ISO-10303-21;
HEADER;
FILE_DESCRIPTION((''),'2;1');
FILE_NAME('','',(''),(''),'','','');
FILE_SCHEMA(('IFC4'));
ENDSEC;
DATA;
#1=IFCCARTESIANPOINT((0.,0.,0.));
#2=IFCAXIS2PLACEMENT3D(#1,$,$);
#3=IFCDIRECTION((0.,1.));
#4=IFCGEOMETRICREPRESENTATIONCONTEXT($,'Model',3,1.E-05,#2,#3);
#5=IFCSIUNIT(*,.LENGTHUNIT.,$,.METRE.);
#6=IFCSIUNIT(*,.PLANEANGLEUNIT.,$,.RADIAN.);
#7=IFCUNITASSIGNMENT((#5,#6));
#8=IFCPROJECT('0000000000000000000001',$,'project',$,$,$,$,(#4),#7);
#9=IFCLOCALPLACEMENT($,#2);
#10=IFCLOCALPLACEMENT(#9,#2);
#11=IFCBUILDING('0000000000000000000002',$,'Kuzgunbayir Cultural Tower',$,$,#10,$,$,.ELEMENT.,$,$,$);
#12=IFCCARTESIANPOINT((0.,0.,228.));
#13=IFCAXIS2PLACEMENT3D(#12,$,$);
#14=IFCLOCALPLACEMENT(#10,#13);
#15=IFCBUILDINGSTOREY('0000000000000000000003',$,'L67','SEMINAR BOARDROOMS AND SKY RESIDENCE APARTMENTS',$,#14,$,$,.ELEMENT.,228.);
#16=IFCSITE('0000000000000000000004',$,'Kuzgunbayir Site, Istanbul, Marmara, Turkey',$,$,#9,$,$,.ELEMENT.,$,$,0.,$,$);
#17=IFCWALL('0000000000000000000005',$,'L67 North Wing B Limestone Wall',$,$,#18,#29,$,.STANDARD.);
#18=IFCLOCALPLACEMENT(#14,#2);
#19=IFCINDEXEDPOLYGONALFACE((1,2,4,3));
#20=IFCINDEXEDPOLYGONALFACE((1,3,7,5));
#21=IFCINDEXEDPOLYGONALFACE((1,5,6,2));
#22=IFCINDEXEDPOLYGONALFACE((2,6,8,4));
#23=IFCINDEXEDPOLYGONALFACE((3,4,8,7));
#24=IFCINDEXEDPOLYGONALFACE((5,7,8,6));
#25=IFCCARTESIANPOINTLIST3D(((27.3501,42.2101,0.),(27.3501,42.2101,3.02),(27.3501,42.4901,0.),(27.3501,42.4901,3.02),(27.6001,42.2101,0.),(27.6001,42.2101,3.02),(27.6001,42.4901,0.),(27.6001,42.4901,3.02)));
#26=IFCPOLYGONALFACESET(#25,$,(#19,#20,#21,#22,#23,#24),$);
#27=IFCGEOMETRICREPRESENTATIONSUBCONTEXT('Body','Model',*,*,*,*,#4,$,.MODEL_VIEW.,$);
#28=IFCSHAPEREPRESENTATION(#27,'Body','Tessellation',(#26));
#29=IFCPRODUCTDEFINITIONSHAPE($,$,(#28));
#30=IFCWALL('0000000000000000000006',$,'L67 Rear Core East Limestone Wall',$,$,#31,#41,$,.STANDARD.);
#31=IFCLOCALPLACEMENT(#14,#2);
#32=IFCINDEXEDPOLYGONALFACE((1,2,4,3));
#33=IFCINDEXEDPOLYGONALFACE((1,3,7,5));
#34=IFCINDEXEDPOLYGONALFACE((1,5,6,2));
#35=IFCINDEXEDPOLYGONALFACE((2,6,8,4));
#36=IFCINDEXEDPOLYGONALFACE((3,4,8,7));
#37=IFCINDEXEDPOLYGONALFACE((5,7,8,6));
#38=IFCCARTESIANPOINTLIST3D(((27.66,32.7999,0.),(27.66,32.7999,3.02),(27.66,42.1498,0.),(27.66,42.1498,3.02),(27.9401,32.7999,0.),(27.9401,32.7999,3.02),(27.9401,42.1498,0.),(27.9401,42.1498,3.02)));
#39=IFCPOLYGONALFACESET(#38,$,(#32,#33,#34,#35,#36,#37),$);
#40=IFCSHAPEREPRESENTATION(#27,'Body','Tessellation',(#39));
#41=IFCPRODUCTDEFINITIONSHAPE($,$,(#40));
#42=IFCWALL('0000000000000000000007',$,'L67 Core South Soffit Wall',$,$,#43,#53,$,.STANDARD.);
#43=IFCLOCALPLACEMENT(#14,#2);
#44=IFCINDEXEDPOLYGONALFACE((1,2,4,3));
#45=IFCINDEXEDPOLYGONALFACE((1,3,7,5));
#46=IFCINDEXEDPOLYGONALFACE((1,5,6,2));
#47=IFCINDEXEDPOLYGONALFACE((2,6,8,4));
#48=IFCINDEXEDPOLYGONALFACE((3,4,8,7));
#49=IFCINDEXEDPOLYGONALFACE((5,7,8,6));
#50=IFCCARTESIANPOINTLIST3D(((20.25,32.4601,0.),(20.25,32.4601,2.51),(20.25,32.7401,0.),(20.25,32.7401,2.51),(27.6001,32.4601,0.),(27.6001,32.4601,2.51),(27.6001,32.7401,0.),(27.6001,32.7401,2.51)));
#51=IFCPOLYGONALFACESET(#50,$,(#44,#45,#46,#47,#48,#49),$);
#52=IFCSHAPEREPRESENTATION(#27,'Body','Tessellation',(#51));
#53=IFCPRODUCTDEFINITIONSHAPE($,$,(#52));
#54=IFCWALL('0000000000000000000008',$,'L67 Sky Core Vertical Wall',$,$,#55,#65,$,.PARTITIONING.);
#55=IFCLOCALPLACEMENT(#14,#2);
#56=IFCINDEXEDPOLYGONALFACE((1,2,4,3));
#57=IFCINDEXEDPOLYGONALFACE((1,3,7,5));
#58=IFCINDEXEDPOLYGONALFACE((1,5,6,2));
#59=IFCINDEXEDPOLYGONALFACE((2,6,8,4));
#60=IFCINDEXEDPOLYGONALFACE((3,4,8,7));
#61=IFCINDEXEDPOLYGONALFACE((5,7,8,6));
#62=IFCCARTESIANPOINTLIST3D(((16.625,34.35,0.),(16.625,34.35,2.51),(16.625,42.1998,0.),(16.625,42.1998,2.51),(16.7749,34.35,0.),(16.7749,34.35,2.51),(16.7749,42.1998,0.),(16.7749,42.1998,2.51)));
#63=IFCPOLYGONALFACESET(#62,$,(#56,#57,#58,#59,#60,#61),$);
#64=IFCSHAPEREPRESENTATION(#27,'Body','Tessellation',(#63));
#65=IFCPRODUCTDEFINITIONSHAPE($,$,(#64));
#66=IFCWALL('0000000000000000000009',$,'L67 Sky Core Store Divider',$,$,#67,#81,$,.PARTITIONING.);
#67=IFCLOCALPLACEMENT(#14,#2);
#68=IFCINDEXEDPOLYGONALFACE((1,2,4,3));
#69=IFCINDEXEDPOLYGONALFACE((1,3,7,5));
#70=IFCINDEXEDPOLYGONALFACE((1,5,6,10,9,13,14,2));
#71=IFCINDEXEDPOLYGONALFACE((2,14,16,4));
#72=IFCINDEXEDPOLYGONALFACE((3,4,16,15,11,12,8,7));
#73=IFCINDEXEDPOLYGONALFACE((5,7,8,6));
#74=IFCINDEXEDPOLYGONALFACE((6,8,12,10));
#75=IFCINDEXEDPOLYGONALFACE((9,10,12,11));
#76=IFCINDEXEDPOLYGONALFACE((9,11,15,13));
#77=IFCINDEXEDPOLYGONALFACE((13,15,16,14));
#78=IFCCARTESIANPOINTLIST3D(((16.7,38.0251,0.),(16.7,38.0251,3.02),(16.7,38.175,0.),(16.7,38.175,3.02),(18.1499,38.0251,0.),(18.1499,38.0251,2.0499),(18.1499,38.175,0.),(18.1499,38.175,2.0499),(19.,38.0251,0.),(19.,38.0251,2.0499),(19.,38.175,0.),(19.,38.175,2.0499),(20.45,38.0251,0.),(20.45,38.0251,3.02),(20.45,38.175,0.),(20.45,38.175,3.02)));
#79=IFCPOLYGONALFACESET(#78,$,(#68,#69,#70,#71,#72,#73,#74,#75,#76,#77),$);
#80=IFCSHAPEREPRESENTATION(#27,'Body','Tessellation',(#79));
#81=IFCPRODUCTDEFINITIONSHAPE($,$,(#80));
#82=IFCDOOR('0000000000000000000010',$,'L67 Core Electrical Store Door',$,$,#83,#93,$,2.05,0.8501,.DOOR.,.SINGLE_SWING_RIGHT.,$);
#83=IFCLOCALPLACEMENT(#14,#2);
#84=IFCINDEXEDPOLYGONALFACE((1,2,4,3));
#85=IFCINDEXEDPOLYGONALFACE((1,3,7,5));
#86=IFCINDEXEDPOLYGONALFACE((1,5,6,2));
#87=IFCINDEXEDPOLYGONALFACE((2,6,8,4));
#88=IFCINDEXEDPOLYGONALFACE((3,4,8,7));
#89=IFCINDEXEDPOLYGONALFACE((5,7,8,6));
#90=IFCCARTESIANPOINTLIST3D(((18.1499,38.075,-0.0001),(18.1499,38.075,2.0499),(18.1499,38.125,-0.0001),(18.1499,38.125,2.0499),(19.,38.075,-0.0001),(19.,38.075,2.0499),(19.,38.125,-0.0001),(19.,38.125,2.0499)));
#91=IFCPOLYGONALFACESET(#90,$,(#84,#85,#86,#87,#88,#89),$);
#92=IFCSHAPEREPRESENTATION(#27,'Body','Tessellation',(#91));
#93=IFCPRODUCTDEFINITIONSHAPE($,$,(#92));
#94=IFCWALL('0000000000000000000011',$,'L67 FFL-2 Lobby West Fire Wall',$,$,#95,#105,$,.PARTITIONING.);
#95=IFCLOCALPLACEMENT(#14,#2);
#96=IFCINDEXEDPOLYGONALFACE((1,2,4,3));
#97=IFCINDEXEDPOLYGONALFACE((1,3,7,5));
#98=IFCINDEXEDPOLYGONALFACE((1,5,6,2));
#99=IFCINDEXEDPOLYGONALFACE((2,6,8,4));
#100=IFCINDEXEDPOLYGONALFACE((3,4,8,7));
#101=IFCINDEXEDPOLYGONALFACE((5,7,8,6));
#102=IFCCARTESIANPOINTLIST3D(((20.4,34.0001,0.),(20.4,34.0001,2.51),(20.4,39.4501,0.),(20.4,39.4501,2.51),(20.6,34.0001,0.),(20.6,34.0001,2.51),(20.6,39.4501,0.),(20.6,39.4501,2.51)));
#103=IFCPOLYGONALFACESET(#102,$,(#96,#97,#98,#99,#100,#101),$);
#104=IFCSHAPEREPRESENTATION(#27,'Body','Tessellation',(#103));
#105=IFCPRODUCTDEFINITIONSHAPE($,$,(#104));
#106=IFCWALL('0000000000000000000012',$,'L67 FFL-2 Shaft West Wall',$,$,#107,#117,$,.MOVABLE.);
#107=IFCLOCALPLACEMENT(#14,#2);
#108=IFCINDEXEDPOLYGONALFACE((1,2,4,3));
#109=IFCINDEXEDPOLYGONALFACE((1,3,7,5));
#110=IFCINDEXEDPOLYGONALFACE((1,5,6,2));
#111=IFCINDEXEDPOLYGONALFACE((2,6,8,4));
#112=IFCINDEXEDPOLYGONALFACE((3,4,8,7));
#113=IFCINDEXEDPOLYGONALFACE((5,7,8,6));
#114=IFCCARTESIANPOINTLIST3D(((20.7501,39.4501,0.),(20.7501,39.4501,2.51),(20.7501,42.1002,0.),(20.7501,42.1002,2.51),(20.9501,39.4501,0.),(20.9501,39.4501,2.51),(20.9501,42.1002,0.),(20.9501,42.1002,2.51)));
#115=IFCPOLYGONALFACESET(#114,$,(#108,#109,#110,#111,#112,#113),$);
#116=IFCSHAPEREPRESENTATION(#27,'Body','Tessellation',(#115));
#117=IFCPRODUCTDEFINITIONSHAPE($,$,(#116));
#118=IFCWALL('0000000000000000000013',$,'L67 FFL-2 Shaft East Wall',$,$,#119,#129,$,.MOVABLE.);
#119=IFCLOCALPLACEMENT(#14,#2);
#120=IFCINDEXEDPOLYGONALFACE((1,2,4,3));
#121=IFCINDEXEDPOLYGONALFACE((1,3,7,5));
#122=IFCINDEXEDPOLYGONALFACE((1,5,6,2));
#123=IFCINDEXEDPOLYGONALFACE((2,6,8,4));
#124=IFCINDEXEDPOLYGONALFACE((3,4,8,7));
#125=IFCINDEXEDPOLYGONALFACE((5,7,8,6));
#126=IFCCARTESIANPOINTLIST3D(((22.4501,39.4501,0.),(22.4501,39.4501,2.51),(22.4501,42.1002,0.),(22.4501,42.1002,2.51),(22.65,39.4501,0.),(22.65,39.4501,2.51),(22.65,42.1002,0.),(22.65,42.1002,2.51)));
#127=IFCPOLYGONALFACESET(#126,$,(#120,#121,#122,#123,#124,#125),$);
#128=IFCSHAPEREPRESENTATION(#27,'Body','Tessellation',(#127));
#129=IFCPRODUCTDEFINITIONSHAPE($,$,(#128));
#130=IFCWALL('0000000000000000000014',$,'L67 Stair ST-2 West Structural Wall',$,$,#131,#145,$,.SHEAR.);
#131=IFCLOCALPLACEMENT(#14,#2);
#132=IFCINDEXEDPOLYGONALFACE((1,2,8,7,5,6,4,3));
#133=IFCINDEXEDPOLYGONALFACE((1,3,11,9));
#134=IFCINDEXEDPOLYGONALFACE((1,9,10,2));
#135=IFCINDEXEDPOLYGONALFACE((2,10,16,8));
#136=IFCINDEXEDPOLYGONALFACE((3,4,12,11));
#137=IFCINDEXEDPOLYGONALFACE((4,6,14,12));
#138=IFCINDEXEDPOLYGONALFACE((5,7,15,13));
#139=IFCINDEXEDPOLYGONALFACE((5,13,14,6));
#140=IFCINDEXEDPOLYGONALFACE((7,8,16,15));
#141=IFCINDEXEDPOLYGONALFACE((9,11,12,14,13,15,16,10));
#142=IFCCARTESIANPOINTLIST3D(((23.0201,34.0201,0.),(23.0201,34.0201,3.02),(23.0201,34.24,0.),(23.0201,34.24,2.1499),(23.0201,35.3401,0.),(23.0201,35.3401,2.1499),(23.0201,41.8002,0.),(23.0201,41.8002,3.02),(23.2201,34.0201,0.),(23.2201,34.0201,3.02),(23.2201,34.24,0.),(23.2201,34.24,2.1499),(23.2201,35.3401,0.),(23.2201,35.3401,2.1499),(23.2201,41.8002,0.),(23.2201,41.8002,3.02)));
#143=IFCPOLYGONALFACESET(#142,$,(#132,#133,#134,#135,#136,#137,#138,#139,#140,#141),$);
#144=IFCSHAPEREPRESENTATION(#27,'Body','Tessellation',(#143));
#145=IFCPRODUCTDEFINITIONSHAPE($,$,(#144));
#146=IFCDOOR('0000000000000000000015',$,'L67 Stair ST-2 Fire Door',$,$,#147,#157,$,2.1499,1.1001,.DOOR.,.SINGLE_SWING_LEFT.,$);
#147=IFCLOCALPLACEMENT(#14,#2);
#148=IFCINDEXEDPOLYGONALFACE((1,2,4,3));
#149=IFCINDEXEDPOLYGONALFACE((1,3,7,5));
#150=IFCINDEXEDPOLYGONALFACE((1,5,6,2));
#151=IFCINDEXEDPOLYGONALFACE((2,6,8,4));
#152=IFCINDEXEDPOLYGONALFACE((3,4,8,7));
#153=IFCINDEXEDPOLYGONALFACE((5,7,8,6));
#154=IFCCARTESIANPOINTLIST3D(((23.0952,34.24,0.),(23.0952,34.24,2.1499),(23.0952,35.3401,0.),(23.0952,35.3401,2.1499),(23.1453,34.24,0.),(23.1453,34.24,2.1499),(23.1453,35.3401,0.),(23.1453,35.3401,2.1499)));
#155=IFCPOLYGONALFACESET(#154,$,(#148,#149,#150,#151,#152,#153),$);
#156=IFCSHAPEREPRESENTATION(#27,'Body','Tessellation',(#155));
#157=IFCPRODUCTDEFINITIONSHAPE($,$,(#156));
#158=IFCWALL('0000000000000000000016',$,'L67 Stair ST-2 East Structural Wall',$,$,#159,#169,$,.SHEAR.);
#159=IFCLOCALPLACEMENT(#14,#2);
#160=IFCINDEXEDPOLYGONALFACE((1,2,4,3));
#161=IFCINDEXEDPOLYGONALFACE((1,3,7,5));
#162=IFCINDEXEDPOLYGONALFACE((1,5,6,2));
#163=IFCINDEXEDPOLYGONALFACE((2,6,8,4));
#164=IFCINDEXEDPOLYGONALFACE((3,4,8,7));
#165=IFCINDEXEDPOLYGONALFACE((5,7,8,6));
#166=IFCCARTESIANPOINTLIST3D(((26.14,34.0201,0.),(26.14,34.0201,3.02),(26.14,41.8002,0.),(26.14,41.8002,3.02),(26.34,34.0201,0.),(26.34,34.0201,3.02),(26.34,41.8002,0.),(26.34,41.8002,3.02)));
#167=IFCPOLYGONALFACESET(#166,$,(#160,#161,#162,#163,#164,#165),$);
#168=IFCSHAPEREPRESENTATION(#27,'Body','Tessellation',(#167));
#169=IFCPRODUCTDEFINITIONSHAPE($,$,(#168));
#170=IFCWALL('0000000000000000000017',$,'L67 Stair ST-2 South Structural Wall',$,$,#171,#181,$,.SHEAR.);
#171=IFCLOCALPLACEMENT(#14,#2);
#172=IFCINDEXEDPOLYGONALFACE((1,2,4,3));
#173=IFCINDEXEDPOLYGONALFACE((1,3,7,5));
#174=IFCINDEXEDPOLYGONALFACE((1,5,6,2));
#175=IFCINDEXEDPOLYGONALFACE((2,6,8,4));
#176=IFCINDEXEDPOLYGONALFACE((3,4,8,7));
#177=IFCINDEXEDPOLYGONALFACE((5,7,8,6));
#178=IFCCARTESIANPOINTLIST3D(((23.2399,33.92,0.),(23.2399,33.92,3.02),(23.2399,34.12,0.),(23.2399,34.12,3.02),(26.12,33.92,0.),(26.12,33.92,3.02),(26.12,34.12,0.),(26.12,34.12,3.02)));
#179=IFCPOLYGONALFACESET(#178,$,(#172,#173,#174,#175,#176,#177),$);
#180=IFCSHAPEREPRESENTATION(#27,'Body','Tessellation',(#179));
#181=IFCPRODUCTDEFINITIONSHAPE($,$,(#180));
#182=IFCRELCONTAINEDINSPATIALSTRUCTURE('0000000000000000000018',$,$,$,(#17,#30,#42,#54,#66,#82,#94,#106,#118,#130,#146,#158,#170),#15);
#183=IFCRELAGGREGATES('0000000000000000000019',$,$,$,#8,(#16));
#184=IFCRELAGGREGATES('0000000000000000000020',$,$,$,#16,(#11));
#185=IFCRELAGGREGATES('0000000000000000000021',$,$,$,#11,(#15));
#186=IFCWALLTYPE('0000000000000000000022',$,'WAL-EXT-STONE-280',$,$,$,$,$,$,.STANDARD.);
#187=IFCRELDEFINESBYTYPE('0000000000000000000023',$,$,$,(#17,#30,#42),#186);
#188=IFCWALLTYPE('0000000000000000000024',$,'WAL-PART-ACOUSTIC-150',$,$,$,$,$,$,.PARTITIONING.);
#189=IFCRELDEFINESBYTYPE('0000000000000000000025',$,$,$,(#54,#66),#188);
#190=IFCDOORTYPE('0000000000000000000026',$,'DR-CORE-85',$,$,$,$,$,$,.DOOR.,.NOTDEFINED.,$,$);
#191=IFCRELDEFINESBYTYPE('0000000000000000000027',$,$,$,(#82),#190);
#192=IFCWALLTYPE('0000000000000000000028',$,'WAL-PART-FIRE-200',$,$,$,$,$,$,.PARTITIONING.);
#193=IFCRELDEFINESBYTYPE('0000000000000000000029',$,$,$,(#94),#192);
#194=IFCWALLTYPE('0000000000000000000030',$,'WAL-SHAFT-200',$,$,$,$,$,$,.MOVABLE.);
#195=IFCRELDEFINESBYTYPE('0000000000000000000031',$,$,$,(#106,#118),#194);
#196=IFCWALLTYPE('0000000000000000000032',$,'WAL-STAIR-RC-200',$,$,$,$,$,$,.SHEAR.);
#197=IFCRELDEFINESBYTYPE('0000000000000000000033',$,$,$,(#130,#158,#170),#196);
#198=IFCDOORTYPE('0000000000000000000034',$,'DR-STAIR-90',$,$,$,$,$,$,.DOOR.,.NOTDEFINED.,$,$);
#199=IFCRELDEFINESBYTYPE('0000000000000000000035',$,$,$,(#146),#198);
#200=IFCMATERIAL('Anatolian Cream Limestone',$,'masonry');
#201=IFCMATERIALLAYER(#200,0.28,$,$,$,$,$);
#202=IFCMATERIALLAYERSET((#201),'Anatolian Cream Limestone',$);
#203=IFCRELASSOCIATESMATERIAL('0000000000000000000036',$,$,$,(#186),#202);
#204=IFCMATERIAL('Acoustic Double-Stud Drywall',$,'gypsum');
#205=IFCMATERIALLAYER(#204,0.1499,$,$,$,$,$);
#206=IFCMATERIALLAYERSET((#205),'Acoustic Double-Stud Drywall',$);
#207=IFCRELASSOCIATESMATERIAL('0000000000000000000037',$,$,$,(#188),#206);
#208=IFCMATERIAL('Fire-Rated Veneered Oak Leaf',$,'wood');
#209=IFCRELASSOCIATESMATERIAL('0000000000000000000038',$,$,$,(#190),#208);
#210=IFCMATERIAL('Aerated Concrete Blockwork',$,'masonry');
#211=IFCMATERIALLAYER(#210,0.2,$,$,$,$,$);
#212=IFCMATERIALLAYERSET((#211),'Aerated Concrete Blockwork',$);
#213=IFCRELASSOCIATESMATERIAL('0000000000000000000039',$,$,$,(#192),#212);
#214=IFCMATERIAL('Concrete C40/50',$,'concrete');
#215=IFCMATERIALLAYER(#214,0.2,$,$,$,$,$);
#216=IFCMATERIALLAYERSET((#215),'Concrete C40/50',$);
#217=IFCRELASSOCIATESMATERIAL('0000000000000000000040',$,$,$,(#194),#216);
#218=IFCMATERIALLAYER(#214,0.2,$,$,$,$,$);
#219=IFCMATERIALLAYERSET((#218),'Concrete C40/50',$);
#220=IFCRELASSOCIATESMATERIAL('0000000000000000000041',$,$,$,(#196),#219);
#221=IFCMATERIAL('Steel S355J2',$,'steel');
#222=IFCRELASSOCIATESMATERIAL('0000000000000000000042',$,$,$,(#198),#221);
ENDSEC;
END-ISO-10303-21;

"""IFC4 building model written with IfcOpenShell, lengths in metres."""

from ifc_helpers import new_model, si_unit, direction, frame, frame_2d, origin, place, context, subcontext, project, spatial, rectangle, extrude, material, layer, layer_set, type_object, element, fill, save


model = new_model("IFC4")

# Units and contexts
model_context = context("Model", 3, precision=1e-05, world=origin(), true_north=direction((0.0, 1.0)))
body_context = subcontext(model_context, "Body", "Model", "MODEL_VIEW")
ifc_project = project(units=[si_unit("LENGTHUNIT", "METRE"), si_unit("PLANEANGLEUNIT", "RADIAN")], contexts=[model_context])

# Site, building, storey
site_placement = place(None, origin())
site = spatial("IfcSite", under=ifc_project, at=site_placement, Name="Kuzgunbayir Site, Istanbul, Marmara, Turkey", CompositionType="ELEMENT", RefElevation=0.0)
building_placement = place(site_placement, origin())
building = spatial("IfcBuilding", under=site, at=building_placement, Name="Kuzgunbayir Cultural Tower", CompositionType="ELEMENT")
storey_placement = place(building_placement, frame((0.0, 0.0, 228.0)))
storey = spatial("IfcBuildingStorey", under=building, at=storey_placement, Name="L67", Description="SEMINAR BOARDROOMS AND SKY RESIDENCE APARTMENTS", CompositionType="ELEMENT", Elevation=228.0)

# Shared definitions
ifc_material_1 = material(Name="Steel S355J2", Category="steel")

# Walls
ifc_material_2 = material(Name="Anatolian Cream Limestone", Category="masonry")
ifc_layer_1 = layer(ifc_material_2, 0.28)
ifc_layer_set_1 = layer_set([ifc_layer_1], Name="Anatolian Cream Limestone")
wall_type_1 = type_object("IfcWallType", Name="WAL-EXT-STONE-280", PredefinedType="STANDARD", material=ifc_layer_set_1)
wall_1_placement = place(storey_placement, frame((27.6001, 42.3501, 0.0), z_axis=(0.0, 0.0, 1.0), x_axis=(-1.0, 0.0, 0.0)))
element("IfcWall", 1, at=wall_1_placement, inside=storey, type_object=wall_type_1, Name="L67 North Wing B Limestone Wall", PredefinedType="STANDARD", context=body_context, shape_type="SweptSolid", body=[
    extrude(rectangle(XDim=0.25, YDim=0.28, at=frame_2d((0.125, 0.0))), origin(), (0.0, 0.0, 1.0), 3.02),
])
wall_2_placement = place(storey_placement, frame((27.8, 32.8, 0.0), z_axis=(0.0, 0.0, 1.0), x_axis=(0.0, 1.0, 0.0)))
element("IfcWall", 2, at=wall_2_placement, inside=storey, type_object=wall_type_1, Name="L67 Rear Core East Limestone Wall", PredefinedType="STANDARD", context=body_context, shape_type="SweptSolid", body=[
    extrude(rectangle(XDim=9.3499, YDim=0.28, at=frame_2d((4.6748, 0.0))), origin(), (0.0, 0.0, 1.0), 3.02),
])
wall_3_placement = place(storey_placement, frame((20.25, 32.6001, 0.0), z_axis=(0.0, 0.0, 1.0), x_axis=(1.0, 0.0, 0.0)))
element("IfcWall", 3, at=wall_3_placement, inside=storey, type_object=wall_type_1, Name="L67 Core South Soffit Wall", PredefinedType="STANDARD", context=body_context, shape_type="SweptSolid", body=[
    extrude(rectangle(XDim=7.3501, YDim=0.28, at=frame_2d((3.675, 0.0))), origin(), (0.0, 0.0, 1.0), 2.51),
])
ifc_material_3 = material(Name="Acoustic Double-Stud Drywall", Category="gypsum")
ifc_layer_2 = layer(ifc_material_3, 0.1499)
ifc_layer_set_2 = layer_set([ifc_layer_2], Name="Acoustic Double-Stud Drywall")
wall_type_2 = type_object("IfcWallType", Name="WAL-PART-ACOUSTIC-150", PredefinedType="PARTITIONING", material=ifc_layer_set_2)
wall_4_placement = place(storey_placement, frame((16.7, 34.3501, 0.0), z_axis=(0.0, 0.0, 1.0), x_axis=(0.0, 1.0, 0.0)))
element("IfcWall", 4, at=wall_4_placement, inside=storey, type_object=wall_type_2, Name="L67 Sky Core Vertical Wall", PredefinedType="PARTITIONING", context=body_context, shape_type="SweptSolid", body=[
    extrude(rectangle(XDim=7.8499, YDim=0.1499, at=frame_2d((3.9248, 0.0))), origin(), (0.0, 0.0, 1.0), 2.51),
])

# Wall, opening, door
wall_5_placement = place(storey_placement, frame((16.7, 38.1001, 0.0), z_axis=(0.0, 0.0, 1.0), x_axis=(1.0, 0.0, 0.0)))
wall_5 = element("IfcWall", 5, at=wall_5_placement, inside=storey, type_object=wall_type_2, Name="L67 Sky Core Store Divider", PredefinedType="PARTITIONING", context=body_context, shape_type="SweptSolid", body=[
    extrude(rectangle(XDim=3.75, YDim=0.1499, at=frame_2d((1.875, 0.0))), origin(), (0.0, 0.0, 1.0), 3.02),
])
opening_1_placement = place(wall_5_placement, frame((1.45, 0.0, 0.0)))
opening_1 = element("IfcOpeningElement", 6, at=opening_1_placement, cuts=wall_5, PredefinedType="OPENING", context=body_context, shape_type="SweptSolid", body=[
    extrude(rectangle(XDim=0.8501, YDim=2.05, at=frame_2d((0.425, 1.0249))), frame((0.0, 0.085, 0.0), z_axis=(0.0, -1.0, 0.0), x_axis=(1.0, 0.0, 0.0)), (0.0, 0.0, 1.0), 0.1699),
])
ifc_material_4 = material(Name="Fire-Rated Veneered Oak Leaf", Category="wood")
door_type_1 = type_object("IfcDoorType", Name="DR-CORE-85", OperationType="NOTDEFINED", PredefinedType="DOOR", material=ifc_material_4)
door_1_placement = place(opening_1_placement, origin())
door_1 = element("IfcDoor", 7, at=door_1_placement, inside=storey, type_object=door_type_1, Name="L67 Core Electrical Store Door", OperationType="SINGLE_SWING_RIGHT", OverallHeight=2.05, OverallWidth=0.8501, PredefinedType="DOOR", context=body_context, shape_type="SweptSolid", body=[
    extrude(rectangle(XDim=0.8501, YDim=2.05, at=frame_2d((0.425, 1.0249))), frame((0.0, 0.0249, 0.0), z_axis=(0.0, -1.0, 0.0), x_axis=(1.0, 0.0, 0.0)), (0.0, 0.0, 1.0), 0.05),
])
fill(opening_1, door_1)

# Wall
ifc_material_5 = material(Name="Aerated Concrete Blockwork", Category="masonry")
ifc_layer_3 = layer(ifc_material_5, 0.2)
ifc_layer_set_3 = layer_set([ifc_layer_3], Name="Aerated Concrete Blockwork")
wall_type_3 = type_object("IfcWallType", Name="WAL-PART-FIRE-200", PredefinedType="PARTITIONING", material=ifc_layer_set_3)
wall_6_placement = place(storey_placement, frame((20.5, 34.0, 0.0), z_axis=(0.0, 0.0, 1.0), x_axis=(0.0, 1.0, 0.0)))
element("IfcWall", 8, at=wall_6_placement, inside=storey, type_object=wall_type_3, Name="L67 FFL-2 Lobby West Fire Wall", PredefinedType="PARTITIONING", context=body_context, shape_type="SweptSolid", body=[
    extrude(rectangle(XDim=5.45, YDim=0.2, at=frame_2d((2.7251, 0.0))), origin(), (0.0, 0.0, 1.0), 2.51),
])

# Shared definitions
ifc_material_6 = material(Name="Concrete C40/50", Category="concrete")
ifc_layer_4 = layer(ifc_material_6, 0.2)
ifc_layer_set_4 = layer_set([ifc_layer_4], Name="Concrete C40/50")
wall_type_4 = type_object("IfcWallType", Name="WAL-SHAFT-200", PredefinedType="MOVABLE", material=ifc_layer_set_4)

# Walls
for number, where, z_axis, x_axis, name in (
    (9, (20.8501, 39.45, 0.0), (0.0, 0.0, 1.0), (0.0, 1.0, 0.0), "L67 FFL-2 Shaft West Wall"),
    (10, (22.55, 39.45, 0.0), (0.0, 0.0, 1.0), (0.0, 1.0, 0.0), "L67 FFL-2 Shaft East Wall"),
):
    element("IfcWall", number, at=place(storey_placement, frame(where, z_axis=z_axis, x_axis=x_axis)), inside=storey, type_object=wall_type_4, Name=name, PredefinedType="MOVABLE", context=body_context, shape_type="SweptSolid", body=[
        extrude(rectangle(XDim=2.6501, YDim=0.2, at=frame_2d((1.3252, 0.0))), origin(), (0.0, 0.0, 1.0), 2.51),
    ])

# Wall, opening, door
ifc_layer_5 = layer(ifc_material_6, 0.2)
ifc_layer_set_5 = layer_set([ifc_layer_5], Name="Concrete C40/50")
wall_type_5 = type_object("IfcWallType", Name="WAL-STAIR-RC-200", PredefinedType="SHEAR", material=ifc_layer_set_5)
wall_7_placement = place(storey_placement, frame((23.1201, 34.02, 0.0), z_axis=(0.0, 0.0, 1.0), x_axis=(0.0, 1.0, 0.0)))
wall_7 = element("IfcWall", 11, at=wall_7_placement, inside=storey, type_object=wall_type_5, Name="L67 Stair ST-2 West Structural Wall", PredefinedType="SHEAR", context=body_context, shape_type="SweptSolid", body=[
    extrude(rectangle(XDim=7.78, YDim=0.2, at=frame_2d((3.8901, 0.0))), origin(), (0.0, 0.0, 1.0), 3.02),
])
opening_2_placement = place(wall_7_placement, frame((0.22, 0.0, 0.0)))
opening_2 = element("IfcOpeningElement", 12, at=opening_2_placement, cuts=wall_7, PredefinedType="OPENING", context=body_context, shape_type="SweptSolid", body=[
    extrude(rectangle(XDim=1.1001, YDim=2.1499, at=frame_2d((0.55, 1.075))), frame((0.0, 0.1099, 0.0), z_axis=(0.0, -1.0, 0.0), x_axis=(1.0, 0.0, 0.0)), (0.0, 0.0, 1.0), 0.22),
])
door_type_2 = type_object("IfcDoorType", Name="DR-STAIR-90", OperationType="NOTDEFINED", PredefinedType="DOOR", material=ifc_material_1)
door_2_placement = place(opening_2_placement, origin())
door_2 = element("IfcDoor", 13, at=door_2_placement, inside=storey, type_object=door_type_2, Name="L67 Stair ST-2 Fire Door", OperationType="SINGLE_SWING_LEFT", OverallHeight=2.1499, OverallWidth=1.1001, PredefinedType="DOOR", context=body_context, shape_type="SweptSolid", body=[
    extrude(rectangle(XDim=1.1001, YDim=2.1499, at=frame_2d((0.55, 1.075))), frame((0.0, 0.0249, 0.0), z_axis=(0.0, -1.0, 0.0), x_axis=(1.0, 0.0, 0.0)), (0.0, 0.0, 1.0), 0.05),
])
fill(opening_2, door_2)

# Walls
wall_8_placement = place(storey_placement, frame((26.24, 34.02, 0.0), z_axis=(0.0, 0.0, 1.0), x_axis=(0.0, 1.0, 0.0)))
element("IfcWall", 14, at=wall_8_placement, inside=storey, type_object=wall_type_5, Name="L67 Stair ST-2 East Structural Wall", PredefinedType="SHEAR", context=body_context, shape_type="SweptSolid", body=[
    extrude(rectangle(XDim=7.78, YDim=0.2, at=frame_2d((3.8901, 0.0))), origin(), (0.0, 0.0, 1.0), 3.02),
])
wall_9_placement = place(storey_placement, frame((23.24, 34.02, 0.0), z_axis=(0.0, 0.0, 1.0), x_axis=(1.0, 0.0, 0.0)))
element("IfcWall", 15, at=wall_9_placement, inside=storey, type_object=wall_type_5, Name="L67 Stair ST-2 South Structural Wall", PredefinedType="SHEAR", context=body_context, shape_type="SweptSolid", body=[
    extrude(rectangle(XDim=2.8801, YDim=0.2, at=frame_2d((1.4399, 0.0))), origin(), (0.0, 0.0, 1.0), 3.02),
])

save(model, "model.ifc")
